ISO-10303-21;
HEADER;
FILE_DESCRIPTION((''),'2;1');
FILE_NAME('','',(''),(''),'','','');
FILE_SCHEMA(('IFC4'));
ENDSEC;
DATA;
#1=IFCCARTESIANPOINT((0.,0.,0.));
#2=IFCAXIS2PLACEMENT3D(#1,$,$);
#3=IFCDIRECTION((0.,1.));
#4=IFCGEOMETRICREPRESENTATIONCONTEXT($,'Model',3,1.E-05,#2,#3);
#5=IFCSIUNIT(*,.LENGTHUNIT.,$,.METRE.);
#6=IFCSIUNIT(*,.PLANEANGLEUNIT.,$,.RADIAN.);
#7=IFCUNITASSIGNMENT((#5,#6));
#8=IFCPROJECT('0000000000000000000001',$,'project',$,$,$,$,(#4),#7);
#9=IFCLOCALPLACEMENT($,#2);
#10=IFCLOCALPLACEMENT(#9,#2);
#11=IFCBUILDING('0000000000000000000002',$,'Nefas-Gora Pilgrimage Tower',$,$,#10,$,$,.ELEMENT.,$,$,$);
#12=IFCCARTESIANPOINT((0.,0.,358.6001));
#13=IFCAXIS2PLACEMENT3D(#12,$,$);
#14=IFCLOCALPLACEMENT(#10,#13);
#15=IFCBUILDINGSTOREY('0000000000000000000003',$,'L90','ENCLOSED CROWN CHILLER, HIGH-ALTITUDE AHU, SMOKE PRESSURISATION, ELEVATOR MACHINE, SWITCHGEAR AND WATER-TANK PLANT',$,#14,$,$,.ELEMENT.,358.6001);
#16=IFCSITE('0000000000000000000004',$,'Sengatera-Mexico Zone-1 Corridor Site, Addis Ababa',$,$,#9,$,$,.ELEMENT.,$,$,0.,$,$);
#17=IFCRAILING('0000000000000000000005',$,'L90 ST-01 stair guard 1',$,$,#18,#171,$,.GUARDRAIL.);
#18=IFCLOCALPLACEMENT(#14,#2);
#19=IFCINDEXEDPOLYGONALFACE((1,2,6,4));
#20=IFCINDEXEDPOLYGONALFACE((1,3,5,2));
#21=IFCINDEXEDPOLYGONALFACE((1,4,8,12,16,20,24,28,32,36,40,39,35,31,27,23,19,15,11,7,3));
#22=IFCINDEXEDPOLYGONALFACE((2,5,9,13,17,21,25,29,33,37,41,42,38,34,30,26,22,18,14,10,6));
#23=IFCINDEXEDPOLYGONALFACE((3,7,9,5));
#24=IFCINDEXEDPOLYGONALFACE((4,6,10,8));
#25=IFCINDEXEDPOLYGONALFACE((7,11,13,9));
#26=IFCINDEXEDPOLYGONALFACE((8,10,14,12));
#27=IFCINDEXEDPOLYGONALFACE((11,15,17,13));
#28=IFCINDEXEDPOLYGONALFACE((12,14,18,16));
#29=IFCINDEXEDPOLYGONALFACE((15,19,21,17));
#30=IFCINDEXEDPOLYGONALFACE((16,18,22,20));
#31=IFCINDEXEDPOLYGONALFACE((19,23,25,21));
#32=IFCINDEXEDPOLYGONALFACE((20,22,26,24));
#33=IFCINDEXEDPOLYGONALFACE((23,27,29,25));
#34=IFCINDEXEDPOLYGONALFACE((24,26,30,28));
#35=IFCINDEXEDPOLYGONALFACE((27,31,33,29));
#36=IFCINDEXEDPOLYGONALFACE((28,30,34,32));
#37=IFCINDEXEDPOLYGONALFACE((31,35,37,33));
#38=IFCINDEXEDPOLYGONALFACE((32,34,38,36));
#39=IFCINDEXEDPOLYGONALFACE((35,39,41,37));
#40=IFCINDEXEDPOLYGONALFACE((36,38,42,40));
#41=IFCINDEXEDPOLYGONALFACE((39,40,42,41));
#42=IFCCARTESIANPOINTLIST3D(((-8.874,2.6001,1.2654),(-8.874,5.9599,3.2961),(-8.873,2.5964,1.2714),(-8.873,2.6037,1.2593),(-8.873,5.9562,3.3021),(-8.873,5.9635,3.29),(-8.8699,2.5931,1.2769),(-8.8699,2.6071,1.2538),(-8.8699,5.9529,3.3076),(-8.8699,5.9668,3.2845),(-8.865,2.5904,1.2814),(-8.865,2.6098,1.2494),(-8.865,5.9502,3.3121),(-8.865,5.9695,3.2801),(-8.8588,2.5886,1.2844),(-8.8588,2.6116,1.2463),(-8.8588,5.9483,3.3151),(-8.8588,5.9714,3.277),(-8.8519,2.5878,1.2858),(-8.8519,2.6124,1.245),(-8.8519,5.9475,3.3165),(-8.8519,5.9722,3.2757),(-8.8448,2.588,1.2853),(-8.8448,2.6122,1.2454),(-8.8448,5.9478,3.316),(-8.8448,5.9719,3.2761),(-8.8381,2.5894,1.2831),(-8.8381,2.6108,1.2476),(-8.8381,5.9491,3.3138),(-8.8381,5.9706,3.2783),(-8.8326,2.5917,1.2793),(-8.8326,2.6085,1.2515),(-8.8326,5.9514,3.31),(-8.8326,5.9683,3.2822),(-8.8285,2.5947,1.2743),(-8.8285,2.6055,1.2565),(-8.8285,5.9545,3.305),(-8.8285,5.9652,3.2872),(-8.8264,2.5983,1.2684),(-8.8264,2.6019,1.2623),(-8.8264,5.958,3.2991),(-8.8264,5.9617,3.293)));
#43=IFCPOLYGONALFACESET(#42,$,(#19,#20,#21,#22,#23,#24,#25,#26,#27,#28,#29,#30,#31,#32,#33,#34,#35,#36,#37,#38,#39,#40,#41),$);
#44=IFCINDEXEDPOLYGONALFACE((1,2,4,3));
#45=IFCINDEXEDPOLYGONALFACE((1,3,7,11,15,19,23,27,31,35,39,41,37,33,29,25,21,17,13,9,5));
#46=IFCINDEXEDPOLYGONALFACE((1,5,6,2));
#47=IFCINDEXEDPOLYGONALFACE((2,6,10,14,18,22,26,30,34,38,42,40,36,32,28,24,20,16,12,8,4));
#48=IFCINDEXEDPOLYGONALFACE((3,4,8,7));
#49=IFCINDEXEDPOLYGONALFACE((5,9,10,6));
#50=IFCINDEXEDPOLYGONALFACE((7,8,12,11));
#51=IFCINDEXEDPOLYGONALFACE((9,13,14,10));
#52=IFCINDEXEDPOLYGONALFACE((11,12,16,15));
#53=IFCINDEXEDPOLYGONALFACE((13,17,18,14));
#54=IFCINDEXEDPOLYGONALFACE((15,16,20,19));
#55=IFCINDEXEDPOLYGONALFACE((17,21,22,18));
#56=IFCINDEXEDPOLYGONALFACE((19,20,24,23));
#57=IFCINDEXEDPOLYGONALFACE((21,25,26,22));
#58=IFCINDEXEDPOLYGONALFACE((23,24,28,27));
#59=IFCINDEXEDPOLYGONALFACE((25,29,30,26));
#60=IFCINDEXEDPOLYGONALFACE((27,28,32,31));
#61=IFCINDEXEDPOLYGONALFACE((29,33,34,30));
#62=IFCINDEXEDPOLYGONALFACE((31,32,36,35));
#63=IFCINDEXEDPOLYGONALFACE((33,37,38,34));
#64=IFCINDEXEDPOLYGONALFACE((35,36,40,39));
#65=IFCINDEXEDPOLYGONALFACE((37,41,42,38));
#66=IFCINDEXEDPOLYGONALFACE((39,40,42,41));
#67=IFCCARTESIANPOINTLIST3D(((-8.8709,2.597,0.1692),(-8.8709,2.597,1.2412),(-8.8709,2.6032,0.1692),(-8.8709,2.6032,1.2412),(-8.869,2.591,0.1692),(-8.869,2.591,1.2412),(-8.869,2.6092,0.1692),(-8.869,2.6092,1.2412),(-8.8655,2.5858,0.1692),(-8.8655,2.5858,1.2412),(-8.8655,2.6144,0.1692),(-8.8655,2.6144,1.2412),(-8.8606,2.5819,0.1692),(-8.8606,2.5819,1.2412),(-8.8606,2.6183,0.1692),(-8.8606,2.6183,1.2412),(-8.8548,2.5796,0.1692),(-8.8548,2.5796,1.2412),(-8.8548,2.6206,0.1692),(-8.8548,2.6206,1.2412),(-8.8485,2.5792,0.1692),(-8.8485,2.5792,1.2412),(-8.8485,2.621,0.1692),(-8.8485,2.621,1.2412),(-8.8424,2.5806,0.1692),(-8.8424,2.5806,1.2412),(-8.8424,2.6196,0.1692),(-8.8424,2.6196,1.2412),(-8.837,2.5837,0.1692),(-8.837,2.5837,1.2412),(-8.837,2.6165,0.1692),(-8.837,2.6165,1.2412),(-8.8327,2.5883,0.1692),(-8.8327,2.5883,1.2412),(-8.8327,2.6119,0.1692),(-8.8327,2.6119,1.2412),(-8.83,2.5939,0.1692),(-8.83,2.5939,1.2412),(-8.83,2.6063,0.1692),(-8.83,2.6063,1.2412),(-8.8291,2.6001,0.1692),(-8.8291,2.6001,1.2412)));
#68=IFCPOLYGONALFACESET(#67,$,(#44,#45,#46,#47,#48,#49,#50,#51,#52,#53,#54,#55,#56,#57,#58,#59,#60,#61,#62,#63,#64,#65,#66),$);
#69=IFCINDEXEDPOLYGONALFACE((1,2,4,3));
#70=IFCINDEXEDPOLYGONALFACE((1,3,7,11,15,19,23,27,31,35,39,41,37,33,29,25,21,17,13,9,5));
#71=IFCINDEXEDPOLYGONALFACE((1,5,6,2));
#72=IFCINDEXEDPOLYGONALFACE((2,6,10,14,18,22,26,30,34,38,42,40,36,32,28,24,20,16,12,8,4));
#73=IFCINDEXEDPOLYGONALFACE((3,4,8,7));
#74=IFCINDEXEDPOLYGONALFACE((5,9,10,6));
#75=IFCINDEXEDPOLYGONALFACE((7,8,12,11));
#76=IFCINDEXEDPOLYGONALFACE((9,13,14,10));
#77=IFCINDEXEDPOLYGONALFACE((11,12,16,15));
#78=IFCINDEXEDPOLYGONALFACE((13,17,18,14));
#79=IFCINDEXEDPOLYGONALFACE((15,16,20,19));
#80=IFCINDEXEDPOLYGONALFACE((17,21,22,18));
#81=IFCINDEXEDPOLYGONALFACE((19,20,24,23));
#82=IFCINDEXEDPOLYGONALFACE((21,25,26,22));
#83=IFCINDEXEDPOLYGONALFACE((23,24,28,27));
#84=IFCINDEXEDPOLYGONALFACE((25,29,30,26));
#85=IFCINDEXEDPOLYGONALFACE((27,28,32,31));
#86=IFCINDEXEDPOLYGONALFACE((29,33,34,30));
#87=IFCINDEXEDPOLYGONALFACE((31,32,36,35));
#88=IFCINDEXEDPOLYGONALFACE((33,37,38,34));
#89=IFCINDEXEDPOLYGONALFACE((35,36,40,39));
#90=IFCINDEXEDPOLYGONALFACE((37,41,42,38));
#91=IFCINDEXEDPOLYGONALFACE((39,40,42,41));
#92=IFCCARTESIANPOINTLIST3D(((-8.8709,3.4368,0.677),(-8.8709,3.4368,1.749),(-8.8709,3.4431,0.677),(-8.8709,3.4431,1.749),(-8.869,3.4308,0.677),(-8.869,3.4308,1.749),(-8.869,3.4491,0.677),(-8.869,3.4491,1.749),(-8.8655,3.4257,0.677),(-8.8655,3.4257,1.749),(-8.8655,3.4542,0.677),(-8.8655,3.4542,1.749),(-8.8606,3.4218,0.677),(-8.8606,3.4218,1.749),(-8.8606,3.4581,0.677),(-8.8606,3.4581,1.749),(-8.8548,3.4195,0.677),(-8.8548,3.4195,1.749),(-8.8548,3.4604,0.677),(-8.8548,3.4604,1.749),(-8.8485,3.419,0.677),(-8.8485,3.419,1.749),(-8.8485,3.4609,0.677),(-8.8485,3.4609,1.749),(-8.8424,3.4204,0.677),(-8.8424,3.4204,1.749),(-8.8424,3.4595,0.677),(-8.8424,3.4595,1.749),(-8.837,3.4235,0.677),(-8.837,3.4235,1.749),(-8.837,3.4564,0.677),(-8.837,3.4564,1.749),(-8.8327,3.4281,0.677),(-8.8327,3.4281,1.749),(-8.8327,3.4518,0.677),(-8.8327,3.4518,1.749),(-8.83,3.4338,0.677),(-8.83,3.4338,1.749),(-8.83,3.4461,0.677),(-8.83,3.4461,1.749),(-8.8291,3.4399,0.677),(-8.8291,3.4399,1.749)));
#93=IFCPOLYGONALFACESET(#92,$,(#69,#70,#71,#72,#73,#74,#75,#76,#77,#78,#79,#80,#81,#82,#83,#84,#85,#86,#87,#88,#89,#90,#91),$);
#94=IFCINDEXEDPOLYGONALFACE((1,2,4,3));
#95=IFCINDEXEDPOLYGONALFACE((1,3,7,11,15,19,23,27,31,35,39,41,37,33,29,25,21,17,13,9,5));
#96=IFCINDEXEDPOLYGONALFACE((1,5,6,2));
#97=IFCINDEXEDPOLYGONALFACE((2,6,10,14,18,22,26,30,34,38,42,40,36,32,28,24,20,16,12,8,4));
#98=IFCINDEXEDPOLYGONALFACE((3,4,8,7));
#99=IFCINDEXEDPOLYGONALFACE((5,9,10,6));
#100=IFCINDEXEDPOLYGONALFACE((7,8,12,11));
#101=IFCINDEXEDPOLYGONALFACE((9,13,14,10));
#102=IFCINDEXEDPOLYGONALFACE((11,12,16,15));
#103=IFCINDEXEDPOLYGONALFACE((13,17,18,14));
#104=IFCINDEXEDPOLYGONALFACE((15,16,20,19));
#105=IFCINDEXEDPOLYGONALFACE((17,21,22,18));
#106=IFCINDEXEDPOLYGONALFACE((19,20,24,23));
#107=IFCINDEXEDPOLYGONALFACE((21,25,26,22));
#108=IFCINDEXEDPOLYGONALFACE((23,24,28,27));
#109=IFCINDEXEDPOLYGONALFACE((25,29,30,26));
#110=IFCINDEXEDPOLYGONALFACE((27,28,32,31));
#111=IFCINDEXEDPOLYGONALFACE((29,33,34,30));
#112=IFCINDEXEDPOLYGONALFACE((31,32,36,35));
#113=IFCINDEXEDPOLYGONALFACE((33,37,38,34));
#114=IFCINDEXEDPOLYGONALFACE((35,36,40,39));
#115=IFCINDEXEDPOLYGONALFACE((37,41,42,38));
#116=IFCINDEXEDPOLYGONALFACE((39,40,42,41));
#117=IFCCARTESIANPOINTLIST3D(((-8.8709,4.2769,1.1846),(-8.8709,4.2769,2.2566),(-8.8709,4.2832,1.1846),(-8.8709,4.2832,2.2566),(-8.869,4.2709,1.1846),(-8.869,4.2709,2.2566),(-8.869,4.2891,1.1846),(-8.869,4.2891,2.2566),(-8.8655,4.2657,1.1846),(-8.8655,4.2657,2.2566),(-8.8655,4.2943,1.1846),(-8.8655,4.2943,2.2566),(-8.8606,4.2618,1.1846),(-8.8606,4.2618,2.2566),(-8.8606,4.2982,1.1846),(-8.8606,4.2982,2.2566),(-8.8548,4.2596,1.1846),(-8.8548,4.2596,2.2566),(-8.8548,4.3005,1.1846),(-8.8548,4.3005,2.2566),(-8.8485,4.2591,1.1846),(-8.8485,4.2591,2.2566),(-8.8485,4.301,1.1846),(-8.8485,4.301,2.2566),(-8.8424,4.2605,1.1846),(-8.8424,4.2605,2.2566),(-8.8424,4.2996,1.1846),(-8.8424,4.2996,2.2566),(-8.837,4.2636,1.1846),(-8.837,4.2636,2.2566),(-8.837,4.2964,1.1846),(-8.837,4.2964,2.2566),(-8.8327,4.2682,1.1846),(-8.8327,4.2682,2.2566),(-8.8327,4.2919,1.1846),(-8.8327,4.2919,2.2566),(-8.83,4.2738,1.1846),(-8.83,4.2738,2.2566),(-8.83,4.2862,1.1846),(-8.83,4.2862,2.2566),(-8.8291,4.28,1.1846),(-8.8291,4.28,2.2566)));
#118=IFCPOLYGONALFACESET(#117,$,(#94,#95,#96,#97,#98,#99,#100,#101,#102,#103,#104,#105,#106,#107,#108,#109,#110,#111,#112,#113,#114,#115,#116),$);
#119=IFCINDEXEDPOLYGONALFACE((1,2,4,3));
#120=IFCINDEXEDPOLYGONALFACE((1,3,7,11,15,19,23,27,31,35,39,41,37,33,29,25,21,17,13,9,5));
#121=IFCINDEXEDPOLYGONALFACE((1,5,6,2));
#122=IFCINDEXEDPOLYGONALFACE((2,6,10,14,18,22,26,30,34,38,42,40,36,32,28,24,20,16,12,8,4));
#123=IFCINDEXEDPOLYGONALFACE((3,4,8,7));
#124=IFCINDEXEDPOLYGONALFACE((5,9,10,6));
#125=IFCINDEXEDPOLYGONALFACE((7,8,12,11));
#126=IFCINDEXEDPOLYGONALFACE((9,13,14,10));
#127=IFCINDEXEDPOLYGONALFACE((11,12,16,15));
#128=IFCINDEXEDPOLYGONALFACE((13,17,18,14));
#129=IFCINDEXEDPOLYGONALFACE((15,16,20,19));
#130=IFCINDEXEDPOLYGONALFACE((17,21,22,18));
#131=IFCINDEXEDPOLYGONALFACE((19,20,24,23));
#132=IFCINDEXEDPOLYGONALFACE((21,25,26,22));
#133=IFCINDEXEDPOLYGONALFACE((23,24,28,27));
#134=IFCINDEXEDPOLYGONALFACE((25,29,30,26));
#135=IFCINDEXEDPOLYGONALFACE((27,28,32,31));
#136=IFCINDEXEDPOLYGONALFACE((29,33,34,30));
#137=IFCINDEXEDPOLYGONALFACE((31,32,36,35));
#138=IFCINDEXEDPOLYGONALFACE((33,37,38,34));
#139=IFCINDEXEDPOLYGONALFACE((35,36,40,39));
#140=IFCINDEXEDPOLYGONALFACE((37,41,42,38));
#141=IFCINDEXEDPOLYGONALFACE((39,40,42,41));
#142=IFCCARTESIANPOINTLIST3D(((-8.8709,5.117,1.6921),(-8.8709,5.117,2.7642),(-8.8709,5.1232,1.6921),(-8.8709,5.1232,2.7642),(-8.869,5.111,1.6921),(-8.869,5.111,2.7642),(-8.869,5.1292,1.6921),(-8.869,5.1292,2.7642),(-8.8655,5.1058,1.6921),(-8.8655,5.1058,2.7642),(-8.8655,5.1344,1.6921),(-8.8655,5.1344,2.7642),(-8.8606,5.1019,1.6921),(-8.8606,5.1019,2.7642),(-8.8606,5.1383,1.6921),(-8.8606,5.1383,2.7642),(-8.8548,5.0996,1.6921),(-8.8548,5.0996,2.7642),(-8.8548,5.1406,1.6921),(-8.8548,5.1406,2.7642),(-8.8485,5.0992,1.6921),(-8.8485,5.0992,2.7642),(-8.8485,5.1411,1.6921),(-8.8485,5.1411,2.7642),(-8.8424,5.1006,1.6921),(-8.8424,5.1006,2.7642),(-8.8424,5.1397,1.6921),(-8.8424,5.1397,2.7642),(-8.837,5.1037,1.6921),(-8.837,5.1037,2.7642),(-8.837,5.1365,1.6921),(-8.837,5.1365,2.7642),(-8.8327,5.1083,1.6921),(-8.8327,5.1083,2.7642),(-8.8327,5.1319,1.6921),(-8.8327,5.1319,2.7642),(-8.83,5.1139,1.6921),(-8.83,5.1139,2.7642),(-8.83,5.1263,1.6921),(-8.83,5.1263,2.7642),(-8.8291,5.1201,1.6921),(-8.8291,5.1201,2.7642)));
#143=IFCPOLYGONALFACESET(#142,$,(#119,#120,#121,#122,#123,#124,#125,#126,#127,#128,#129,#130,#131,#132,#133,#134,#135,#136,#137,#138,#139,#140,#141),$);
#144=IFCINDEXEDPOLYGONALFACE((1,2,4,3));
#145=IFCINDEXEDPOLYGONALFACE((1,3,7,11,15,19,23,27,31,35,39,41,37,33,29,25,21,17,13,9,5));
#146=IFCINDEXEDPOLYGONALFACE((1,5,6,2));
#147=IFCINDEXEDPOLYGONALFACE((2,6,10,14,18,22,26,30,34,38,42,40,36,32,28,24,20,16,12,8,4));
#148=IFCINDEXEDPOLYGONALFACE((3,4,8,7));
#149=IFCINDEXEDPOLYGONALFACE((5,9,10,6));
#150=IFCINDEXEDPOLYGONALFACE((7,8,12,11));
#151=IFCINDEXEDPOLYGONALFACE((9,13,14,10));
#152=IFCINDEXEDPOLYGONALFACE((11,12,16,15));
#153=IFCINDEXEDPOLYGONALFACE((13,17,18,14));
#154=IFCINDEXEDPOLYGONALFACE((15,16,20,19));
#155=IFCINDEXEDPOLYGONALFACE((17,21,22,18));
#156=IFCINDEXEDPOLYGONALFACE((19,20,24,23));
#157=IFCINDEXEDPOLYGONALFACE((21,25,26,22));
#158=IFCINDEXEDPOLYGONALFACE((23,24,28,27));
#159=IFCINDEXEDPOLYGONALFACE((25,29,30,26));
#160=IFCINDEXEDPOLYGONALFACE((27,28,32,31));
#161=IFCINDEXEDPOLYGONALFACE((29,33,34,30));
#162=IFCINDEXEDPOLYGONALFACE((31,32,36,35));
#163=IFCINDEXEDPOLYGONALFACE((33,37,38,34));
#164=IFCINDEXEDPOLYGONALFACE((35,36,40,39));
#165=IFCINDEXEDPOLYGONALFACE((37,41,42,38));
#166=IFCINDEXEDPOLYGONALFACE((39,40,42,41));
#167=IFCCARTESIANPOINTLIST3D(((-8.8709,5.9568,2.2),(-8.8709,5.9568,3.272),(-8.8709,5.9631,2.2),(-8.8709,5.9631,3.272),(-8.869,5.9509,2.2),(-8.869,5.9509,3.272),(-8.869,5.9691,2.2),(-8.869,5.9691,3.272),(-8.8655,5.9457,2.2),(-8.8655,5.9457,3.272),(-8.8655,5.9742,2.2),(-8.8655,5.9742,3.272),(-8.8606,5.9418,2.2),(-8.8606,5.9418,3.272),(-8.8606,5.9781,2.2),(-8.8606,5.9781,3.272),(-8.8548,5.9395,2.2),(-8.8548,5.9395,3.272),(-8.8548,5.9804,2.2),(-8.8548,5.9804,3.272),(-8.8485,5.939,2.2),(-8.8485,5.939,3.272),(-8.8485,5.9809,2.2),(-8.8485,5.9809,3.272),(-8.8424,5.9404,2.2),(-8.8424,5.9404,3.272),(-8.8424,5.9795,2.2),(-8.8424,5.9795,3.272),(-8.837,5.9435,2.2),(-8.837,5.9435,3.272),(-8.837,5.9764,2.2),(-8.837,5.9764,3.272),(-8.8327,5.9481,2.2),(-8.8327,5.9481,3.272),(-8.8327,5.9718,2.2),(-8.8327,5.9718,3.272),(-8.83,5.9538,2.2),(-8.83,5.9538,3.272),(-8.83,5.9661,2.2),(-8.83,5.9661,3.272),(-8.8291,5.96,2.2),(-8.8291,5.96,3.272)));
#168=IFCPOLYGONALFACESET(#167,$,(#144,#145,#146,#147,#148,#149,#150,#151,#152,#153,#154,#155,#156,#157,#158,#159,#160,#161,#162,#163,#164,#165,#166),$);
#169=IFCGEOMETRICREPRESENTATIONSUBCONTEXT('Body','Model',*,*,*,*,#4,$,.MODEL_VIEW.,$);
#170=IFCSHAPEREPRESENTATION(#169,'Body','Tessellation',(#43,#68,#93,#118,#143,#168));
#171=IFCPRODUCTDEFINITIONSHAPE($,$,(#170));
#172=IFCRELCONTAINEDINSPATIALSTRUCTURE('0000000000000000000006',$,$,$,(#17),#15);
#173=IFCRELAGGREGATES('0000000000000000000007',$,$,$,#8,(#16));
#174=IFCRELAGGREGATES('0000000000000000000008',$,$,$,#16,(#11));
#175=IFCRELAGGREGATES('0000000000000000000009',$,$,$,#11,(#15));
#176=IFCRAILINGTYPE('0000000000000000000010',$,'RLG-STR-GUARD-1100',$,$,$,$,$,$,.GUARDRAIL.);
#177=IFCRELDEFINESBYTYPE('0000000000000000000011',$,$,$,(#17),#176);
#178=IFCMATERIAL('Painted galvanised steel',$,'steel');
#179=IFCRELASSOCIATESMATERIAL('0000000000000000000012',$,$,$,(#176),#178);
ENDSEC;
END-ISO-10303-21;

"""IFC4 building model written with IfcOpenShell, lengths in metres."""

from ifc_helpers import new_model, si_unit, direction, frame, origin, origin_2d, place, context, subcontext, project, spatial, circle, extrude, material, type_object, element, save


model = new_model("IFC4")

# Units and contexts
model_context = context("Model", 3, precision=1e-05, world=origin(), true_north=direction((0.0, 1.0)))
body_context = subcontext(model_context, "Body", "Model", "MODEL_VIEW")
ifc_project = project(units=[si_unit("LENGTHUNIT", "METRE"), si_unit("PLANEANGLEUNIT", "RADIAN")], contexts=[model_context])

# Site, building, storey
site_placement = place(None, origin())
site = spatial("IfcSite", under=ifc_project, at=site_placement, Name="Sengatera-Mexico Zone-1 Corridor Site, Addis Ababa", CompositionType="ELEMENT", RefElevation=0.0)
building_placement = place(site_placement, origin())
building = spatial("IfcBuilding", under=site, at=building_placement, Name="Nefas-Gora Pilgrimage Tower", CompositionType="ELEMENT")
storey_placement = place(building_placement, frame((0.0, 0.0, 358.6001)))
storey = spatial("IfcBuildingStorey", under=building, at=storey_placement, Name="L90", Description="ENCLOSED CROWN CHILLER, HIGH-ALTITUDE AHU, SMOKE PRESSURISATION, ELEVATOR MACHINE, SWITCHGEAR AND WATER-TANK PLANT", CompositionType="ELEMENT", Elevation=358.6001)

# Railing
ifc_material_1 = material(Name="Painted galvanised steel", Category="steel")
railing_type_1 = type_object("IfcRailingType", Name="RLG-STR-GUARD-1100", PredefinedType="GUARDRAIL", material=ifc_material_1)
railing_1_placement = place(storey_placement, frame((-8.8501, 2.6001, 0.1692)))
element("IfcRailing", 1, at=railing_1_placement, inside=storey, type_object=railing_type_1, Name="L90 ST-01 stair guard 1", PredefinedType="GUARDRAIL", context=body_context, shape_type="SweptSolid", body=[
    extrude(circle(Radius=0.0239, at=origin_2d()), frame((0.0, 0.0, 1.0962), z_axis=(0.0, 0.85582, 0.517273), x_axis=(-1.0, 0.0, 0.0)), (0.0, 0.0, 1.0), 3.9258),
    extrude(circle(Radius=0.021, at=origin_2d()), origin(), (0.0, 0.0, 1.0), 1.072),
    extrude(circle(Radius=0.021, at=origin_2d()), frame((0.0, 0.8398, 0.5078)), (0.0, 0.0, 1.0), 1.072),
    extrude(circle(Radius=0.021, at=origin_2d()), frame((0.0, 1.6799, 1.0154)), (0.0, 0.0, 1.0), 1.072),
    extrude(circle(Radius=0.021, at=origin_2d()), frame((0.0, 2.52, 1.5229)), (0.0, 0.0, 1.0), 1.072),
    extrude(circle(Radius=0.021, at=origin_2d()), frame((0.0, 3.3599, 2.0308)), (0.0, 0.0, 1.0), 1.072),
])

save(model, "model.ifc")
